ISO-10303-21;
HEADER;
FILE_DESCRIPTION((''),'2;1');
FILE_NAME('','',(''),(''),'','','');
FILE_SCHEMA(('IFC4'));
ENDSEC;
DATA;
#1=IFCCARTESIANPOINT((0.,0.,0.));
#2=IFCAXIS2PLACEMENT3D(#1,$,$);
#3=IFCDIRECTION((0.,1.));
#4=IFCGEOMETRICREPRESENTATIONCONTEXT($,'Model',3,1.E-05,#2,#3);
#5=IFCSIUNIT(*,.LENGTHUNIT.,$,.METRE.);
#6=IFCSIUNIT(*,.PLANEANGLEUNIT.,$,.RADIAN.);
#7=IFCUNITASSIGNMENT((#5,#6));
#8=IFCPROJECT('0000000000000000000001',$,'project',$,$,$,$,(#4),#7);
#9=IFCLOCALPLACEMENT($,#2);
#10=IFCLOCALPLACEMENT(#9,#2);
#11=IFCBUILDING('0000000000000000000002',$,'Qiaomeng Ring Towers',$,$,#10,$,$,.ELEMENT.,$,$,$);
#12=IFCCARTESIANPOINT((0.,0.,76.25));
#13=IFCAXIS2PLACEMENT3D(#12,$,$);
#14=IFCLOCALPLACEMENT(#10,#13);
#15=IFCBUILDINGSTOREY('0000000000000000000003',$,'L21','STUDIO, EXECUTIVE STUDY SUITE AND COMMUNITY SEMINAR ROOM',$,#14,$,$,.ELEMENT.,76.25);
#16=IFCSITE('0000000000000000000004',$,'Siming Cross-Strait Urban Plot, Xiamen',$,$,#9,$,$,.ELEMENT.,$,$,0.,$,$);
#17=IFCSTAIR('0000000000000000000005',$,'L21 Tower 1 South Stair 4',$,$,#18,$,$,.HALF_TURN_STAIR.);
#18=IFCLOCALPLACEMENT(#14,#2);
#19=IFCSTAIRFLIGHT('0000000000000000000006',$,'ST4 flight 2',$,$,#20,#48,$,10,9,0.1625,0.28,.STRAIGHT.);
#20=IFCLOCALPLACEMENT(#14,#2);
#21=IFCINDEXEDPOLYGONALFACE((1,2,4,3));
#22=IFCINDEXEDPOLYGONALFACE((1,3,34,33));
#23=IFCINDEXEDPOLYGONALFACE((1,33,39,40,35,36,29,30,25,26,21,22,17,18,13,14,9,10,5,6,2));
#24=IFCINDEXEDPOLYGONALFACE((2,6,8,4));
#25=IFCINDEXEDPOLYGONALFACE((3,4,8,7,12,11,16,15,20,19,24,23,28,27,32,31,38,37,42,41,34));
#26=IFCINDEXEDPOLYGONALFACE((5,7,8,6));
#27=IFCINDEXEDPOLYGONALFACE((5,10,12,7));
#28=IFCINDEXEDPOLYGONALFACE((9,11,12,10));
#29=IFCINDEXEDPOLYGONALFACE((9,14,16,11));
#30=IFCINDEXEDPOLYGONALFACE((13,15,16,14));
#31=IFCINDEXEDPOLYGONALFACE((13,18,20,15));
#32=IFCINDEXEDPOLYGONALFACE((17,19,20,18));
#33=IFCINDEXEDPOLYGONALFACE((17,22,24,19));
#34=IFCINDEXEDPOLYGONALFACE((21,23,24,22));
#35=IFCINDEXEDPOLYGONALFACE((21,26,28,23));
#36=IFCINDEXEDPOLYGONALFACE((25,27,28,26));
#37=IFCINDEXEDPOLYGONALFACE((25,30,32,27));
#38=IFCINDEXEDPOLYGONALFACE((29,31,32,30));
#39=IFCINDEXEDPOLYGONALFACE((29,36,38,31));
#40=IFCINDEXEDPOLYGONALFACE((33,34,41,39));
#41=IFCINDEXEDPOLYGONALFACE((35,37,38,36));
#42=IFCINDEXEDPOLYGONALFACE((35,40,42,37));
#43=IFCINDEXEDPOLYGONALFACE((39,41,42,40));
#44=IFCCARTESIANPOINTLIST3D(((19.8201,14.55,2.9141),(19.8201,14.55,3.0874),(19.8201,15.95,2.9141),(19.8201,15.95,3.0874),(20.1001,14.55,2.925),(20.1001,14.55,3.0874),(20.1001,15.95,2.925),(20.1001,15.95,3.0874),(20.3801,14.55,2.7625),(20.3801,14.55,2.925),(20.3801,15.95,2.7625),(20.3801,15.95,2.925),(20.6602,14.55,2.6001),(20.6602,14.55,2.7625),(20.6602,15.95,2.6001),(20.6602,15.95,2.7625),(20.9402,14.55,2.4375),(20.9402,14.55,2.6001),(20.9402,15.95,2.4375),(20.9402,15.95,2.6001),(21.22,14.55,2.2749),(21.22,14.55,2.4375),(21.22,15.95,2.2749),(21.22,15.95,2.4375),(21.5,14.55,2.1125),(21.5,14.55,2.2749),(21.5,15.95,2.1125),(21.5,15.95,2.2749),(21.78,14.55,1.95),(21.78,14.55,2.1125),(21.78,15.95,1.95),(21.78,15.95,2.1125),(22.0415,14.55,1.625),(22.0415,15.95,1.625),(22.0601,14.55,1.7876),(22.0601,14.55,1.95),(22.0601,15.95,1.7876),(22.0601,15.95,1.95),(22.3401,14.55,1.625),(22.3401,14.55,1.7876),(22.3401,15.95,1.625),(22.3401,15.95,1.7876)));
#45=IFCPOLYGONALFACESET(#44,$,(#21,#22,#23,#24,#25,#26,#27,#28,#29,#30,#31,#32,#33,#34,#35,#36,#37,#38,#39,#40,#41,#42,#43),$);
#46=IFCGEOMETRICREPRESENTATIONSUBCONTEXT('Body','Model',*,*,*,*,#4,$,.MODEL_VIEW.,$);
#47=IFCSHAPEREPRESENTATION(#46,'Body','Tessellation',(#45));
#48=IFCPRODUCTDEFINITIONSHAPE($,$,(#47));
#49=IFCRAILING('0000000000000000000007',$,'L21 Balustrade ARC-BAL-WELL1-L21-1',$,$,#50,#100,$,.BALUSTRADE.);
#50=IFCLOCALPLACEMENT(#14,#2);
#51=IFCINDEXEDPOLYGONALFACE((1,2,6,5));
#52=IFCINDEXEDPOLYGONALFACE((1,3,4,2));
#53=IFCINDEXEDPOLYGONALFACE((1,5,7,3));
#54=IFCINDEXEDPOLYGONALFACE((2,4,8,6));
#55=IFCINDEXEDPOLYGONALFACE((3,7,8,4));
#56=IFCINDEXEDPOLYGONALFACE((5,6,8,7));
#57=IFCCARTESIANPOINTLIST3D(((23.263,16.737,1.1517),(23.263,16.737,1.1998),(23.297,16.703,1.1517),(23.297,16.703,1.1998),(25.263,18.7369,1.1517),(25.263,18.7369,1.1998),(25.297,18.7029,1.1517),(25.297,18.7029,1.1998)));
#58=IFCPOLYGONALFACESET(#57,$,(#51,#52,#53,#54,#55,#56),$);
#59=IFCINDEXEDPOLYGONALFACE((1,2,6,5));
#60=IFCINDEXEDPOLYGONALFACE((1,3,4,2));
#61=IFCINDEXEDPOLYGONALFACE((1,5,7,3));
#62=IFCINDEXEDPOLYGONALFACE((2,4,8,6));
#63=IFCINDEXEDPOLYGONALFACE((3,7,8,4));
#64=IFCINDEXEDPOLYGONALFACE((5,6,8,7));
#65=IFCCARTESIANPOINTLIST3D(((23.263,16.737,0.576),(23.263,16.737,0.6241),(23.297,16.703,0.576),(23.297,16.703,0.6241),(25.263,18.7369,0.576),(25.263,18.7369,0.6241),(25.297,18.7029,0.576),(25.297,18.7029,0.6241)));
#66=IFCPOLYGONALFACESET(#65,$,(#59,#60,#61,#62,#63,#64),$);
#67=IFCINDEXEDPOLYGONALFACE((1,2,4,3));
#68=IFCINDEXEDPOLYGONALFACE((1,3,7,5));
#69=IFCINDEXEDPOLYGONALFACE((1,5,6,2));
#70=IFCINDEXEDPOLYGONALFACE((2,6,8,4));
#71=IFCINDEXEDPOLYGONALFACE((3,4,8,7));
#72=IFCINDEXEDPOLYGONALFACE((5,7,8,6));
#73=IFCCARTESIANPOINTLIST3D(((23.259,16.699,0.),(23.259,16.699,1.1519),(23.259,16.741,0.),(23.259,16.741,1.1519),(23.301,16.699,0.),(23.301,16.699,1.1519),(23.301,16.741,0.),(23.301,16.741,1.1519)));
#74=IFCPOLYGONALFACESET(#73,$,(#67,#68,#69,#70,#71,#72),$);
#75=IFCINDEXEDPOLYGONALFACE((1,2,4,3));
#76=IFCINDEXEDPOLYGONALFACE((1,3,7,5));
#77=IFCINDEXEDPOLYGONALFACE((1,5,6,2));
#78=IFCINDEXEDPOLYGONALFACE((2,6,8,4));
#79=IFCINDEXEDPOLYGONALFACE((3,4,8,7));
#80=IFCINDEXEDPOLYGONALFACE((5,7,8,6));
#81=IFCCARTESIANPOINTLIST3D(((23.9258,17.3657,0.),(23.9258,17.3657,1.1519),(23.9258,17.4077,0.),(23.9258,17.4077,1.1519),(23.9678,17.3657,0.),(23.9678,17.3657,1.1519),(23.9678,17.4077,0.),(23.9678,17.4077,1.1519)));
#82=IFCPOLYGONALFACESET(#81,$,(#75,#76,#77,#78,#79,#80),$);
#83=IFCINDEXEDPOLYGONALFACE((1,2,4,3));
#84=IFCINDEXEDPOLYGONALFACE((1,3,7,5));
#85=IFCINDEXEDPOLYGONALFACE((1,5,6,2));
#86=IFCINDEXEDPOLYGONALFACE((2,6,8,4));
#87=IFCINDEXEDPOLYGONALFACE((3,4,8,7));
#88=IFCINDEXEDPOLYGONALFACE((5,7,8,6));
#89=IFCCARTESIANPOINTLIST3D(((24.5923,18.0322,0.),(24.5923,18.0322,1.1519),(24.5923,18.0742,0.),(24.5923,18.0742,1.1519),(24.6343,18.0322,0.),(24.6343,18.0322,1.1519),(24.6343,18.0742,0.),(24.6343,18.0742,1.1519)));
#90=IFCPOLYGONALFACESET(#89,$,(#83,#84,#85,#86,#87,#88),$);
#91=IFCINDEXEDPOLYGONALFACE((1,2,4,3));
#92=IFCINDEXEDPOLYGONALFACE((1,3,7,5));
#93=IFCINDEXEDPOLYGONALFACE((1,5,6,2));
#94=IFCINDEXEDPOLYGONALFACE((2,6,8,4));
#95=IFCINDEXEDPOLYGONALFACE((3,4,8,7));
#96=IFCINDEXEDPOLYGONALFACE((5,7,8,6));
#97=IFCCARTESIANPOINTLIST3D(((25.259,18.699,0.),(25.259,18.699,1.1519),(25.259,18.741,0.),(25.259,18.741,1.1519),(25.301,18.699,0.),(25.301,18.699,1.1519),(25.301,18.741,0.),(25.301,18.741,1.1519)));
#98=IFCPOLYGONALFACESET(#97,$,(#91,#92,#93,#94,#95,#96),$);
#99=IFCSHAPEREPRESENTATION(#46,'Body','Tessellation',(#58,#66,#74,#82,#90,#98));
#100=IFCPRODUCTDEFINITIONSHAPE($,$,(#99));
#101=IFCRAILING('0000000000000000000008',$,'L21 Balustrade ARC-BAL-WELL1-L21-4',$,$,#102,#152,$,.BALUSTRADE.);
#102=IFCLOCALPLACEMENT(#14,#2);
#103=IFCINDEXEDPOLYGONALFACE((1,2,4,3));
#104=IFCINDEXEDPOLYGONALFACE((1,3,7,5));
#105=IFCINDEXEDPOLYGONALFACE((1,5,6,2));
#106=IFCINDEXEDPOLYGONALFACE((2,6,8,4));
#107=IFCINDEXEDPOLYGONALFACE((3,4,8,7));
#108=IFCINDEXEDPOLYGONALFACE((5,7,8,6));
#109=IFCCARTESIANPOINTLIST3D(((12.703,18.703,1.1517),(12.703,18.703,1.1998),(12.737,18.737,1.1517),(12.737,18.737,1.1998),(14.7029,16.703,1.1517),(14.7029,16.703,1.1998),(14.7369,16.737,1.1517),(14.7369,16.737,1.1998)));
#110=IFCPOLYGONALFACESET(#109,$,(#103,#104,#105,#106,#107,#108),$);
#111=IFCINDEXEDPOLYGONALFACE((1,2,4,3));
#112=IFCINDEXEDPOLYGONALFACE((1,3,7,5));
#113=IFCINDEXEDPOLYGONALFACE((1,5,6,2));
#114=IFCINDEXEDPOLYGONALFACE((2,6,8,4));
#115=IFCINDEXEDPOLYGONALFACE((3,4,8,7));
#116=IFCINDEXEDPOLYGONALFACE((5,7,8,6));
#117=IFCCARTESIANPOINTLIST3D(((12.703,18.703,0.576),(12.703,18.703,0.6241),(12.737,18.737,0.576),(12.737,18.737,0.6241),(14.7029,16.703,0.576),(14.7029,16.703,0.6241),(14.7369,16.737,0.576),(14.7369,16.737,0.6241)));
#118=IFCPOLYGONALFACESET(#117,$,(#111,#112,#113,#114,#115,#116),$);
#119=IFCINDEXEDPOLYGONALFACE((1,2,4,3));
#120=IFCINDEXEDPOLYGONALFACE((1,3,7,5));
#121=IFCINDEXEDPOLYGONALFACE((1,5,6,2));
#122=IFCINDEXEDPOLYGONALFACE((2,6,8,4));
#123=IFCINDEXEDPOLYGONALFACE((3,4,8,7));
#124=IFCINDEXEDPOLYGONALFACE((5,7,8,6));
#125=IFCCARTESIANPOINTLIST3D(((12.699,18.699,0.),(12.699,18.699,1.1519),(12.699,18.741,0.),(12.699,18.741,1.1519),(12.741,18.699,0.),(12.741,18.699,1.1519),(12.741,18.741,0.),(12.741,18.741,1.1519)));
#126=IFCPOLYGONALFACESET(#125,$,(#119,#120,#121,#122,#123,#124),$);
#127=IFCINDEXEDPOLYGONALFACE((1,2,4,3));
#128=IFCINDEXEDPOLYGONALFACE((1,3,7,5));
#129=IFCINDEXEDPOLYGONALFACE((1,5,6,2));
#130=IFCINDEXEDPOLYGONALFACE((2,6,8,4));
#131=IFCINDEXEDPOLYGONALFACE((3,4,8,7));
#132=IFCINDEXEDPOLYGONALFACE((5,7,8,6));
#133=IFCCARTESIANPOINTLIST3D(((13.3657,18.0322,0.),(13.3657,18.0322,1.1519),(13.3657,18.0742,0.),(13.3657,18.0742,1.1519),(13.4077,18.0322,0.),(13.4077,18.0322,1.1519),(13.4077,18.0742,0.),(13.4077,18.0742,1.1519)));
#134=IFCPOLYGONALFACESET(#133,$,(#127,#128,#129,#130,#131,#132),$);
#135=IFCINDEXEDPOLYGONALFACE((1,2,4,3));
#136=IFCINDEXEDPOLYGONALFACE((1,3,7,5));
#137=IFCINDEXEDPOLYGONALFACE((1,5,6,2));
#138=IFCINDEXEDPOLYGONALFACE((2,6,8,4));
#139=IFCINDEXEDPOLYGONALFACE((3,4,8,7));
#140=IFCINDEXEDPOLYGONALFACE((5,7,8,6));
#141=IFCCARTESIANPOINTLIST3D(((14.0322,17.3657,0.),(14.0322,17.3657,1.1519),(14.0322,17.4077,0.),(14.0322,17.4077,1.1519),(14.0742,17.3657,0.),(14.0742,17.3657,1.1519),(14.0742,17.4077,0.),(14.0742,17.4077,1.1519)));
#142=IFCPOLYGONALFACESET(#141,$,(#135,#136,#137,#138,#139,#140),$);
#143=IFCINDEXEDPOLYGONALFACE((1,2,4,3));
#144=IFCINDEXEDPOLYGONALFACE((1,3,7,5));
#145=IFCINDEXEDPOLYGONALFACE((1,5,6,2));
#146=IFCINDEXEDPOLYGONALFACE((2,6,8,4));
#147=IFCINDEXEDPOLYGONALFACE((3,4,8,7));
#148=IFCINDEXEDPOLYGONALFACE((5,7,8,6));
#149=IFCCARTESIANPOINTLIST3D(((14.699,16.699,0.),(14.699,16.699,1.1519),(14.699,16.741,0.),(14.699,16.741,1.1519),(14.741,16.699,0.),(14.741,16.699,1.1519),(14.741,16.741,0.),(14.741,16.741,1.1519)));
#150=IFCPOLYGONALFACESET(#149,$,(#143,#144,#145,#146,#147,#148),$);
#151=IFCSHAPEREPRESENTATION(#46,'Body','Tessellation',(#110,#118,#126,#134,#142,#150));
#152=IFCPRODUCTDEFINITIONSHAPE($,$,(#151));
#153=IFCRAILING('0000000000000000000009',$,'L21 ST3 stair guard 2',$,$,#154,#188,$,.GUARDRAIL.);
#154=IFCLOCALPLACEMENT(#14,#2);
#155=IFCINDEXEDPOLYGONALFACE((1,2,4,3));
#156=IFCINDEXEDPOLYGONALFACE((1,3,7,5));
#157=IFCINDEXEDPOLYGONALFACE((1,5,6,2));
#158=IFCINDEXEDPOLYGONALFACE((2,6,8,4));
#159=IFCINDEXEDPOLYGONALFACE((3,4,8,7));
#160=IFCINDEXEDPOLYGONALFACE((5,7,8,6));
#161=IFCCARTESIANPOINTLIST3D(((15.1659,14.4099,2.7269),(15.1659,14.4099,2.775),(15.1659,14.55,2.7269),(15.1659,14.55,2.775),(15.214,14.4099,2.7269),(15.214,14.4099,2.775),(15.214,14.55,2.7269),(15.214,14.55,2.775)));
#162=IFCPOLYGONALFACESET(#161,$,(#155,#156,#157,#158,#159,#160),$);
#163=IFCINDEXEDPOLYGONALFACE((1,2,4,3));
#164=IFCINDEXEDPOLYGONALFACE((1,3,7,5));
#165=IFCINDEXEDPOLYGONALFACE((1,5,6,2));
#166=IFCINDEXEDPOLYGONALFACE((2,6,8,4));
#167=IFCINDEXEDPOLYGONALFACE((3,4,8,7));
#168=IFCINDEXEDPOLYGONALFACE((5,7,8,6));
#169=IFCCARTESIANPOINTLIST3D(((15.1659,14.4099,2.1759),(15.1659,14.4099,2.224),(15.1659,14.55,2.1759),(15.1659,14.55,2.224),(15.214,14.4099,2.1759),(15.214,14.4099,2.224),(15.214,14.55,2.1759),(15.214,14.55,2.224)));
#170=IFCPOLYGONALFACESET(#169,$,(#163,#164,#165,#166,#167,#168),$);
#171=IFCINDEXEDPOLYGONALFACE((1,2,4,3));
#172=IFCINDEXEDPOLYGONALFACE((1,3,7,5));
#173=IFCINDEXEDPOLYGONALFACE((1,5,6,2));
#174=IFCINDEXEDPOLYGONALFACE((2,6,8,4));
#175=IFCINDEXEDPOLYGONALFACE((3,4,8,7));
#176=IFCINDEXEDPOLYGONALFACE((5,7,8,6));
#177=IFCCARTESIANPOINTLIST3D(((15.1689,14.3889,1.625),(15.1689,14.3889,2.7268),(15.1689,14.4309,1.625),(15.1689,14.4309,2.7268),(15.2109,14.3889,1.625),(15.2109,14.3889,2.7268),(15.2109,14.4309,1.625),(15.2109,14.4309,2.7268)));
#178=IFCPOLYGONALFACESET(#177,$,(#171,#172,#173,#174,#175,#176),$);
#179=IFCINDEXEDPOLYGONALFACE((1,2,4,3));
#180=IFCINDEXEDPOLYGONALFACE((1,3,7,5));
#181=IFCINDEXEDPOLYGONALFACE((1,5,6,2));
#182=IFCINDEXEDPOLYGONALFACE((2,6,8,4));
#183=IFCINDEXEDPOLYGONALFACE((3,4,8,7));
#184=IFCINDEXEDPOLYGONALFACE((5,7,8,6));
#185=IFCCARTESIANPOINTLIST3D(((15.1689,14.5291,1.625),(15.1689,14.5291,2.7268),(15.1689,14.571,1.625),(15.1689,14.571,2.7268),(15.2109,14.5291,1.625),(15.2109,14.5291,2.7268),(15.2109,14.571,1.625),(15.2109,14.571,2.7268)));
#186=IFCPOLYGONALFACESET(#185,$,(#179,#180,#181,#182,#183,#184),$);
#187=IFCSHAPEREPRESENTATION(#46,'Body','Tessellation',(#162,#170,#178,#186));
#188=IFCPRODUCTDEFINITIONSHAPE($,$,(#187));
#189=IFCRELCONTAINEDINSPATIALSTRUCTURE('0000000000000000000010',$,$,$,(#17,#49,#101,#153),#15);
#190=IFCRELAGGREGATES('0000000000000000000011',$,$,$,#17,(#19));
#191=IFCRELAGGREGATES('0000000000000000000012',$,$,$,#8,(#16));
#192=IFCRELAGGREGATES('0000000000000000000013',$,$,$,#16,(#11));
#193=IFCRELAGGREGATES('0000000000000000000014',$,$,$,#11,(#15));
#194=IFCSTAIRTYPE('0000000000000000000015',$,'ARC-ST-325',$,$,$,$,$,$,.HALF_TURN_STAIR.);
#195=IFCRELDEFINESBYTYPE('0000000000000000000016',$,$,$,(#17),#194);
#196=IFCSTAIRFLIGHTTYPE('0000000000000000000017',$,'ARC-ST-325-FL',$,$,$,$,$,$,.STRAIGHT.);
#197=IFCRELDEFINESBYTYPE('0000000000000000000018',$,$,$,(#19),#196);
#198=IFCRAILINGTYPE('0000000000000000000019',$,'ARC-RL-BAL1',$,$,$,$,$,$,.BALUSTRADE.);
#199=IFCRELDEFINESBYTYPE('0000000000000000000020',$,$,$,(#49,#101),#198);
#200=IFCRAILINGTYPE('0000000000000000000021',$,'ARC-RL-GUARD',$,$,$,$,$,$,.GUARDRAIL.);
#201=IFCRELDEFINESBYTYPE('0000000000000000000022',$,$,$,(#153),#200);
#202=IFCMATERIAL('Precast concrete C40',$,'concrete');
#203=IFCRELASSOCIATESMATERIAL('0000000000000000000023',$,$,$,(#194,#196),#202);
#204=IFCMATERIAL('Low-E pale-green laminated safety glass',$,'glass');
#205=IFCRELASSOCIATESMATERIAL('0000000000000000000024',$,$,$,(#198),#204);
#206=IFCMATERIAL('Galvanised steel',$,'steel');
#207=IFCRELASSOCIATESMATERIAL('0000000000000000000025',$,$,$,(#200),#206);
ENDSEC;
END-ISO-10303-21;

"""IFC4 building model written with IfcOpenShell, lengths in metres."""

from ifc_helpers import new_model, si_unit, direction, frame, origin, origin_2d, place, context, subcontext, project, spatial, polyline, rectangle, outline, extrude, source, transform, mapped, material, type_object, element, aggregate, save


model = new_model("IFC4")

# Units and contexts
model_context = context("Model", 3, precision=1e-05, world=origin(), true_north=direction((0.0, 1.0)))
body_context = subcontext(model_context, "Body", "Model", "MODEL_VIEW")
ifc_project = project(units=[si_unit("LENGTHUNIT", "METRE"), si_unit("PLANEANGLEUNIT", "RADIAN")], contexts=[model_context])

# Site, building, storey
site_placement = place(None, origin())
site = spatial("IfcSite", under=ifc_project, at=site_placement, Name="Siming Cross-Strait Urban Plot, Xiamen", CompositionType="ELEMENT", RefElevation=0.0)
building_placement = place(site_placement, origin())
building = spatial("IfcBuilding", under=site, at=building_placement, Name="Qiaomeng Ring Towers", CompositionType="ELEMENT")
storey_placement = place(building_placement, frame((0.0, 0.0, 76.25)))
storey = spatial("IfcBuildingStorey", under=building, at=storey_placement, Name="L21", Description="STUDIO, EXECUTIVE STUDY SUITE AND COMMUNITY SEMINAR ROOM", CompositionType="ELEMENT", Elevation=76.25)

# Shared definitions
ifc_material_1 = material(Name="Precast concrete C40", Category="concrete")
stair_type = type_object("IfcStairType", Name="ARC-ST-325", PredefinedType="HALF_TURN_STAIR", material=ifc_material_1)
stair_flight_type = type_object("IfcStairFlightType", Name="ARC-ST-325-FL", PredefinedType="STRAIGHT", material=ifc_material_1)
shared_shape_1 = source(origin(), body_context, "Body", "SweptSolid", [
    extrude(outline(polyline([(0.0, 0.0), (0.0, 0.1626), (0.28, 0.1626), (0.28, 0.325), (0.5601, 0.325), (0.5601, 0.4875), (0.8401, 0.4875), (0.8401, 0.6499), (1.1201, 0.6499), (1.1201, 0.8125), (1.3999, 0.8125), (1.3999, 0.9751), (1.6799, 0.9751), (1.6799, 1.1375), (1.96, 1.1375), (1.96, 1.3), (2.24, 1.3), (2.24, 1.4624), (2.52, 1.4624), (2.52, 1.625), (2.52, 1.2891), (0.2986, 0.0), (0.0, 0.0)])), frame((0.0, 0.7, 0.0), z_axis=(0.0, -1.0, 0.0), x_axis=(1.0, 0.0, 0.0)), (0.0, 0.0, 1.0), 1.3999),
])

# Stair, stair flight
stair_1_placement = place(storey_placement, origin())
stair_1 = element("IfcStair", 1, at=stair_1_placement, inside=storey, type_object=stair_type, Name="L21 Tower 1 South Stair 4", PredefinedType="HALF_TURN_STAIR")
stair_flight_1_placement = place(storey_placement, frame((22.3401, 15.25, 1.625), z_axis=(0.0, 0.0, 1.0), x_axis=(-1.0, 0.0, 0.0)))
stair_flight_1 = element("IfcStairFlight", 2, at=stair_flight_1_placement, type_object=stair_flight_type, Name="ST4 flight 2", NumberOfRisers=10, NumberOfTreads=9, PredefinedType="STRAIGHT", RiserHeight=0.1625, TreadLength=0.28, context=body_context, shape_type="MappedRepresentation", body=[
    mapped(shared_shape_1, transform((0.0, 0.0, 0.0), x_axis=(1.0, 0.0, 0.0), y_axis=(0.0, 1.0, 0.0), z_axis=(0.0, 0.0, 1.0), scale=1.0)),
])
aggregate(stair_1, [stair_flight_1])

# Railings
ifc_material_2 = material(Name="Low-E pale-green laminated safety glass", Category="glass")
railing_type_1 = type_object("IfcRailingType", Name="ARC-RL-BAL1", PredefinedType="BALUSTRADE", material=ifc_material_2)
railing_1_placement = place(storey_placement, frame((23.28, 16.72, 0.0)))
element("IfcRailing", 3, at=railing_1_placement, inside=storey, type_object=railing_type_1, Name="L21 Balustrade ARC-BAL-WELL1-L21-1", PredefinedType="BALUSTRADE", context=body_context, shape_type="SweptSolid", body=[
    extrude(rectangle(XDim=0.0481, YDim=0.0481, at=origin_2d()), frame((0.0, 0.0, 1.1758), z_axis=(0.707107, 0.707107, 0.0), x_axis=(-0.707107, 0.707107, 0.0)), (0.0, 0.0, 1.0), 2.8284),
    extrude(rectangle(XDim=0.0481, YDim=0.0481, at=origin_2d()), frame((0.0, 0.0, 0.6001), z_axis=(0.707107, 0.707107, 0.0), x_axis=(-0.707107, 0.707107, 0.0)), (0.0, 0.0, 1.0), 2.8284),
    extrude(rectangle(XDim=0.042, YDim=0.042, at=origin_2d()), origin(), (0.0, 0.0, 1.0), 1.1519),
    extrude(rectangle(XDim=0.042, YDim=0.042, at=origin_2d()), frame((0.6667, 0.6667, 0.0)), (0.0, 0.0, 1.0), 1.1519),
    extrude(rectangle(XDim=0.042, YDim=0.042, at=origin_2d()), frame((1.3333, 1.3333, 0.0)), (0.0, 0.0, 1.0), 1.1519),
    extrude(rectangle(XDim=0.042, YDim=0.042, at=origin_2d()), frame((2.0, 2.0, 0.0)), (0.0, 0.0, 1.0), 1.1519),
])
railing_2_placement = place(storey_placement, frame((12.72, 18.72, 0.0)))
element("IfcRailing", 4, at=railing_2_placement, inside=storey, type_object=railing_type_1, Name="L21 Balustrade ARC-BAL-WELL1-L21-4", PredefinedType="BALUSTRADE", context=body_context, shape_type="SweptSolid", body=[
    extrude(rectangle(XDim=0.0481, YDim=0.0481, at=origin_2d()), frame((0.0, 0.0, 1.1758), z_axis=(0.707107, -0.707107, 0.0), x_axis=(0.707107, 0.707107, 0.0)), (0.0, 0.0, 1.0), 2.8284),
    extrude(rectangle(XDim=0.0481, YDim=0.0481, at=origin_2d()), frame((0.0, 0.0, 0.6001), z_axis=(0.707107, -0.707107, 0.0), x_axis=(0.707107, 0.707107, 0.0)), (0.0, 0.0, 1.0), 2.8284),
    extrude(rectangle(XDim=0.042, YDim=0.042, at=origin_2d()), origin(), (0.0, 0.0, 1.0), 1.1519),
    extrude(rectangle(XDim=0.042, YDim=0.042, at=origin_2d()), frame((0.6667, -0.6667, 0.0)), (0.0, 0.0, 1.0), 1.1519),
    extrude(rectangle(XDim=0.042, YDim=0.042, at=origin_2d()), frame((1.3333, -1.3333, 0.0)), (0.0, 0.0, 1.0), 1.1519),
    extrude(rectangle(XDim=0.042, YDim=0.042, at=origin_2d()), frame((2.0, -2.0, 0.0)), (0.0, 0.0, 1.0), 1.1519),
])
ifc_material_3 = material(Name="Galvanised steel", Category="steel")
railing_type_2 = type_object("IfcRailingType", Name="ARC-RL-GUARD", PredefinedType="GUARDRAIL", material=ifc_material_3)
railing_3_placement = place(storey_placement, frame((15.1899, 14.4099, 1.625)))
element("IfcRailing", 5, at=railing_3_placement, inside=storey, type_object=railing_type_2, Name="L21 ST3 stair guard 2", PredefinedType="GUARDRAIL", context=body_context, shape_type="SweptSolid", body=[
    extrude(rectangle(XDim=0.0481, YDim=0.0481, at=origin_2d()), frame((0.0, 0.0, 1.126), z_axis=(0.0, 1.0, 0.0), x_axis=(-1.0, 0.0, 0.0)), (0.0, 0.0, 1.0), 0.1401),
    extrude(rectangle(XDim=0.0481, YDim=0.0481, at=origin_2d()), frame((0.0, 0.0, 0.575), z_axis=(0.0, 1.0, 0.0), x_axis=(-1.0, 0.0, 0.0)), (0.0, 0.0, 1.0), 0.1401),
    extrude(rectangle(XDim=0.042, YDim=0.042, at=origin_2d()), origin(), (0.0, 0.0, 1.0), 1.1018),
    extrude(rectangle(XDim=0.042, YDim=0.042, at=origin_2d()), frame((0.0, 0.1401, 0.0)), (0.0, 0.0, 1.0), 1.1018),
])

save(model, "model.ifc")
